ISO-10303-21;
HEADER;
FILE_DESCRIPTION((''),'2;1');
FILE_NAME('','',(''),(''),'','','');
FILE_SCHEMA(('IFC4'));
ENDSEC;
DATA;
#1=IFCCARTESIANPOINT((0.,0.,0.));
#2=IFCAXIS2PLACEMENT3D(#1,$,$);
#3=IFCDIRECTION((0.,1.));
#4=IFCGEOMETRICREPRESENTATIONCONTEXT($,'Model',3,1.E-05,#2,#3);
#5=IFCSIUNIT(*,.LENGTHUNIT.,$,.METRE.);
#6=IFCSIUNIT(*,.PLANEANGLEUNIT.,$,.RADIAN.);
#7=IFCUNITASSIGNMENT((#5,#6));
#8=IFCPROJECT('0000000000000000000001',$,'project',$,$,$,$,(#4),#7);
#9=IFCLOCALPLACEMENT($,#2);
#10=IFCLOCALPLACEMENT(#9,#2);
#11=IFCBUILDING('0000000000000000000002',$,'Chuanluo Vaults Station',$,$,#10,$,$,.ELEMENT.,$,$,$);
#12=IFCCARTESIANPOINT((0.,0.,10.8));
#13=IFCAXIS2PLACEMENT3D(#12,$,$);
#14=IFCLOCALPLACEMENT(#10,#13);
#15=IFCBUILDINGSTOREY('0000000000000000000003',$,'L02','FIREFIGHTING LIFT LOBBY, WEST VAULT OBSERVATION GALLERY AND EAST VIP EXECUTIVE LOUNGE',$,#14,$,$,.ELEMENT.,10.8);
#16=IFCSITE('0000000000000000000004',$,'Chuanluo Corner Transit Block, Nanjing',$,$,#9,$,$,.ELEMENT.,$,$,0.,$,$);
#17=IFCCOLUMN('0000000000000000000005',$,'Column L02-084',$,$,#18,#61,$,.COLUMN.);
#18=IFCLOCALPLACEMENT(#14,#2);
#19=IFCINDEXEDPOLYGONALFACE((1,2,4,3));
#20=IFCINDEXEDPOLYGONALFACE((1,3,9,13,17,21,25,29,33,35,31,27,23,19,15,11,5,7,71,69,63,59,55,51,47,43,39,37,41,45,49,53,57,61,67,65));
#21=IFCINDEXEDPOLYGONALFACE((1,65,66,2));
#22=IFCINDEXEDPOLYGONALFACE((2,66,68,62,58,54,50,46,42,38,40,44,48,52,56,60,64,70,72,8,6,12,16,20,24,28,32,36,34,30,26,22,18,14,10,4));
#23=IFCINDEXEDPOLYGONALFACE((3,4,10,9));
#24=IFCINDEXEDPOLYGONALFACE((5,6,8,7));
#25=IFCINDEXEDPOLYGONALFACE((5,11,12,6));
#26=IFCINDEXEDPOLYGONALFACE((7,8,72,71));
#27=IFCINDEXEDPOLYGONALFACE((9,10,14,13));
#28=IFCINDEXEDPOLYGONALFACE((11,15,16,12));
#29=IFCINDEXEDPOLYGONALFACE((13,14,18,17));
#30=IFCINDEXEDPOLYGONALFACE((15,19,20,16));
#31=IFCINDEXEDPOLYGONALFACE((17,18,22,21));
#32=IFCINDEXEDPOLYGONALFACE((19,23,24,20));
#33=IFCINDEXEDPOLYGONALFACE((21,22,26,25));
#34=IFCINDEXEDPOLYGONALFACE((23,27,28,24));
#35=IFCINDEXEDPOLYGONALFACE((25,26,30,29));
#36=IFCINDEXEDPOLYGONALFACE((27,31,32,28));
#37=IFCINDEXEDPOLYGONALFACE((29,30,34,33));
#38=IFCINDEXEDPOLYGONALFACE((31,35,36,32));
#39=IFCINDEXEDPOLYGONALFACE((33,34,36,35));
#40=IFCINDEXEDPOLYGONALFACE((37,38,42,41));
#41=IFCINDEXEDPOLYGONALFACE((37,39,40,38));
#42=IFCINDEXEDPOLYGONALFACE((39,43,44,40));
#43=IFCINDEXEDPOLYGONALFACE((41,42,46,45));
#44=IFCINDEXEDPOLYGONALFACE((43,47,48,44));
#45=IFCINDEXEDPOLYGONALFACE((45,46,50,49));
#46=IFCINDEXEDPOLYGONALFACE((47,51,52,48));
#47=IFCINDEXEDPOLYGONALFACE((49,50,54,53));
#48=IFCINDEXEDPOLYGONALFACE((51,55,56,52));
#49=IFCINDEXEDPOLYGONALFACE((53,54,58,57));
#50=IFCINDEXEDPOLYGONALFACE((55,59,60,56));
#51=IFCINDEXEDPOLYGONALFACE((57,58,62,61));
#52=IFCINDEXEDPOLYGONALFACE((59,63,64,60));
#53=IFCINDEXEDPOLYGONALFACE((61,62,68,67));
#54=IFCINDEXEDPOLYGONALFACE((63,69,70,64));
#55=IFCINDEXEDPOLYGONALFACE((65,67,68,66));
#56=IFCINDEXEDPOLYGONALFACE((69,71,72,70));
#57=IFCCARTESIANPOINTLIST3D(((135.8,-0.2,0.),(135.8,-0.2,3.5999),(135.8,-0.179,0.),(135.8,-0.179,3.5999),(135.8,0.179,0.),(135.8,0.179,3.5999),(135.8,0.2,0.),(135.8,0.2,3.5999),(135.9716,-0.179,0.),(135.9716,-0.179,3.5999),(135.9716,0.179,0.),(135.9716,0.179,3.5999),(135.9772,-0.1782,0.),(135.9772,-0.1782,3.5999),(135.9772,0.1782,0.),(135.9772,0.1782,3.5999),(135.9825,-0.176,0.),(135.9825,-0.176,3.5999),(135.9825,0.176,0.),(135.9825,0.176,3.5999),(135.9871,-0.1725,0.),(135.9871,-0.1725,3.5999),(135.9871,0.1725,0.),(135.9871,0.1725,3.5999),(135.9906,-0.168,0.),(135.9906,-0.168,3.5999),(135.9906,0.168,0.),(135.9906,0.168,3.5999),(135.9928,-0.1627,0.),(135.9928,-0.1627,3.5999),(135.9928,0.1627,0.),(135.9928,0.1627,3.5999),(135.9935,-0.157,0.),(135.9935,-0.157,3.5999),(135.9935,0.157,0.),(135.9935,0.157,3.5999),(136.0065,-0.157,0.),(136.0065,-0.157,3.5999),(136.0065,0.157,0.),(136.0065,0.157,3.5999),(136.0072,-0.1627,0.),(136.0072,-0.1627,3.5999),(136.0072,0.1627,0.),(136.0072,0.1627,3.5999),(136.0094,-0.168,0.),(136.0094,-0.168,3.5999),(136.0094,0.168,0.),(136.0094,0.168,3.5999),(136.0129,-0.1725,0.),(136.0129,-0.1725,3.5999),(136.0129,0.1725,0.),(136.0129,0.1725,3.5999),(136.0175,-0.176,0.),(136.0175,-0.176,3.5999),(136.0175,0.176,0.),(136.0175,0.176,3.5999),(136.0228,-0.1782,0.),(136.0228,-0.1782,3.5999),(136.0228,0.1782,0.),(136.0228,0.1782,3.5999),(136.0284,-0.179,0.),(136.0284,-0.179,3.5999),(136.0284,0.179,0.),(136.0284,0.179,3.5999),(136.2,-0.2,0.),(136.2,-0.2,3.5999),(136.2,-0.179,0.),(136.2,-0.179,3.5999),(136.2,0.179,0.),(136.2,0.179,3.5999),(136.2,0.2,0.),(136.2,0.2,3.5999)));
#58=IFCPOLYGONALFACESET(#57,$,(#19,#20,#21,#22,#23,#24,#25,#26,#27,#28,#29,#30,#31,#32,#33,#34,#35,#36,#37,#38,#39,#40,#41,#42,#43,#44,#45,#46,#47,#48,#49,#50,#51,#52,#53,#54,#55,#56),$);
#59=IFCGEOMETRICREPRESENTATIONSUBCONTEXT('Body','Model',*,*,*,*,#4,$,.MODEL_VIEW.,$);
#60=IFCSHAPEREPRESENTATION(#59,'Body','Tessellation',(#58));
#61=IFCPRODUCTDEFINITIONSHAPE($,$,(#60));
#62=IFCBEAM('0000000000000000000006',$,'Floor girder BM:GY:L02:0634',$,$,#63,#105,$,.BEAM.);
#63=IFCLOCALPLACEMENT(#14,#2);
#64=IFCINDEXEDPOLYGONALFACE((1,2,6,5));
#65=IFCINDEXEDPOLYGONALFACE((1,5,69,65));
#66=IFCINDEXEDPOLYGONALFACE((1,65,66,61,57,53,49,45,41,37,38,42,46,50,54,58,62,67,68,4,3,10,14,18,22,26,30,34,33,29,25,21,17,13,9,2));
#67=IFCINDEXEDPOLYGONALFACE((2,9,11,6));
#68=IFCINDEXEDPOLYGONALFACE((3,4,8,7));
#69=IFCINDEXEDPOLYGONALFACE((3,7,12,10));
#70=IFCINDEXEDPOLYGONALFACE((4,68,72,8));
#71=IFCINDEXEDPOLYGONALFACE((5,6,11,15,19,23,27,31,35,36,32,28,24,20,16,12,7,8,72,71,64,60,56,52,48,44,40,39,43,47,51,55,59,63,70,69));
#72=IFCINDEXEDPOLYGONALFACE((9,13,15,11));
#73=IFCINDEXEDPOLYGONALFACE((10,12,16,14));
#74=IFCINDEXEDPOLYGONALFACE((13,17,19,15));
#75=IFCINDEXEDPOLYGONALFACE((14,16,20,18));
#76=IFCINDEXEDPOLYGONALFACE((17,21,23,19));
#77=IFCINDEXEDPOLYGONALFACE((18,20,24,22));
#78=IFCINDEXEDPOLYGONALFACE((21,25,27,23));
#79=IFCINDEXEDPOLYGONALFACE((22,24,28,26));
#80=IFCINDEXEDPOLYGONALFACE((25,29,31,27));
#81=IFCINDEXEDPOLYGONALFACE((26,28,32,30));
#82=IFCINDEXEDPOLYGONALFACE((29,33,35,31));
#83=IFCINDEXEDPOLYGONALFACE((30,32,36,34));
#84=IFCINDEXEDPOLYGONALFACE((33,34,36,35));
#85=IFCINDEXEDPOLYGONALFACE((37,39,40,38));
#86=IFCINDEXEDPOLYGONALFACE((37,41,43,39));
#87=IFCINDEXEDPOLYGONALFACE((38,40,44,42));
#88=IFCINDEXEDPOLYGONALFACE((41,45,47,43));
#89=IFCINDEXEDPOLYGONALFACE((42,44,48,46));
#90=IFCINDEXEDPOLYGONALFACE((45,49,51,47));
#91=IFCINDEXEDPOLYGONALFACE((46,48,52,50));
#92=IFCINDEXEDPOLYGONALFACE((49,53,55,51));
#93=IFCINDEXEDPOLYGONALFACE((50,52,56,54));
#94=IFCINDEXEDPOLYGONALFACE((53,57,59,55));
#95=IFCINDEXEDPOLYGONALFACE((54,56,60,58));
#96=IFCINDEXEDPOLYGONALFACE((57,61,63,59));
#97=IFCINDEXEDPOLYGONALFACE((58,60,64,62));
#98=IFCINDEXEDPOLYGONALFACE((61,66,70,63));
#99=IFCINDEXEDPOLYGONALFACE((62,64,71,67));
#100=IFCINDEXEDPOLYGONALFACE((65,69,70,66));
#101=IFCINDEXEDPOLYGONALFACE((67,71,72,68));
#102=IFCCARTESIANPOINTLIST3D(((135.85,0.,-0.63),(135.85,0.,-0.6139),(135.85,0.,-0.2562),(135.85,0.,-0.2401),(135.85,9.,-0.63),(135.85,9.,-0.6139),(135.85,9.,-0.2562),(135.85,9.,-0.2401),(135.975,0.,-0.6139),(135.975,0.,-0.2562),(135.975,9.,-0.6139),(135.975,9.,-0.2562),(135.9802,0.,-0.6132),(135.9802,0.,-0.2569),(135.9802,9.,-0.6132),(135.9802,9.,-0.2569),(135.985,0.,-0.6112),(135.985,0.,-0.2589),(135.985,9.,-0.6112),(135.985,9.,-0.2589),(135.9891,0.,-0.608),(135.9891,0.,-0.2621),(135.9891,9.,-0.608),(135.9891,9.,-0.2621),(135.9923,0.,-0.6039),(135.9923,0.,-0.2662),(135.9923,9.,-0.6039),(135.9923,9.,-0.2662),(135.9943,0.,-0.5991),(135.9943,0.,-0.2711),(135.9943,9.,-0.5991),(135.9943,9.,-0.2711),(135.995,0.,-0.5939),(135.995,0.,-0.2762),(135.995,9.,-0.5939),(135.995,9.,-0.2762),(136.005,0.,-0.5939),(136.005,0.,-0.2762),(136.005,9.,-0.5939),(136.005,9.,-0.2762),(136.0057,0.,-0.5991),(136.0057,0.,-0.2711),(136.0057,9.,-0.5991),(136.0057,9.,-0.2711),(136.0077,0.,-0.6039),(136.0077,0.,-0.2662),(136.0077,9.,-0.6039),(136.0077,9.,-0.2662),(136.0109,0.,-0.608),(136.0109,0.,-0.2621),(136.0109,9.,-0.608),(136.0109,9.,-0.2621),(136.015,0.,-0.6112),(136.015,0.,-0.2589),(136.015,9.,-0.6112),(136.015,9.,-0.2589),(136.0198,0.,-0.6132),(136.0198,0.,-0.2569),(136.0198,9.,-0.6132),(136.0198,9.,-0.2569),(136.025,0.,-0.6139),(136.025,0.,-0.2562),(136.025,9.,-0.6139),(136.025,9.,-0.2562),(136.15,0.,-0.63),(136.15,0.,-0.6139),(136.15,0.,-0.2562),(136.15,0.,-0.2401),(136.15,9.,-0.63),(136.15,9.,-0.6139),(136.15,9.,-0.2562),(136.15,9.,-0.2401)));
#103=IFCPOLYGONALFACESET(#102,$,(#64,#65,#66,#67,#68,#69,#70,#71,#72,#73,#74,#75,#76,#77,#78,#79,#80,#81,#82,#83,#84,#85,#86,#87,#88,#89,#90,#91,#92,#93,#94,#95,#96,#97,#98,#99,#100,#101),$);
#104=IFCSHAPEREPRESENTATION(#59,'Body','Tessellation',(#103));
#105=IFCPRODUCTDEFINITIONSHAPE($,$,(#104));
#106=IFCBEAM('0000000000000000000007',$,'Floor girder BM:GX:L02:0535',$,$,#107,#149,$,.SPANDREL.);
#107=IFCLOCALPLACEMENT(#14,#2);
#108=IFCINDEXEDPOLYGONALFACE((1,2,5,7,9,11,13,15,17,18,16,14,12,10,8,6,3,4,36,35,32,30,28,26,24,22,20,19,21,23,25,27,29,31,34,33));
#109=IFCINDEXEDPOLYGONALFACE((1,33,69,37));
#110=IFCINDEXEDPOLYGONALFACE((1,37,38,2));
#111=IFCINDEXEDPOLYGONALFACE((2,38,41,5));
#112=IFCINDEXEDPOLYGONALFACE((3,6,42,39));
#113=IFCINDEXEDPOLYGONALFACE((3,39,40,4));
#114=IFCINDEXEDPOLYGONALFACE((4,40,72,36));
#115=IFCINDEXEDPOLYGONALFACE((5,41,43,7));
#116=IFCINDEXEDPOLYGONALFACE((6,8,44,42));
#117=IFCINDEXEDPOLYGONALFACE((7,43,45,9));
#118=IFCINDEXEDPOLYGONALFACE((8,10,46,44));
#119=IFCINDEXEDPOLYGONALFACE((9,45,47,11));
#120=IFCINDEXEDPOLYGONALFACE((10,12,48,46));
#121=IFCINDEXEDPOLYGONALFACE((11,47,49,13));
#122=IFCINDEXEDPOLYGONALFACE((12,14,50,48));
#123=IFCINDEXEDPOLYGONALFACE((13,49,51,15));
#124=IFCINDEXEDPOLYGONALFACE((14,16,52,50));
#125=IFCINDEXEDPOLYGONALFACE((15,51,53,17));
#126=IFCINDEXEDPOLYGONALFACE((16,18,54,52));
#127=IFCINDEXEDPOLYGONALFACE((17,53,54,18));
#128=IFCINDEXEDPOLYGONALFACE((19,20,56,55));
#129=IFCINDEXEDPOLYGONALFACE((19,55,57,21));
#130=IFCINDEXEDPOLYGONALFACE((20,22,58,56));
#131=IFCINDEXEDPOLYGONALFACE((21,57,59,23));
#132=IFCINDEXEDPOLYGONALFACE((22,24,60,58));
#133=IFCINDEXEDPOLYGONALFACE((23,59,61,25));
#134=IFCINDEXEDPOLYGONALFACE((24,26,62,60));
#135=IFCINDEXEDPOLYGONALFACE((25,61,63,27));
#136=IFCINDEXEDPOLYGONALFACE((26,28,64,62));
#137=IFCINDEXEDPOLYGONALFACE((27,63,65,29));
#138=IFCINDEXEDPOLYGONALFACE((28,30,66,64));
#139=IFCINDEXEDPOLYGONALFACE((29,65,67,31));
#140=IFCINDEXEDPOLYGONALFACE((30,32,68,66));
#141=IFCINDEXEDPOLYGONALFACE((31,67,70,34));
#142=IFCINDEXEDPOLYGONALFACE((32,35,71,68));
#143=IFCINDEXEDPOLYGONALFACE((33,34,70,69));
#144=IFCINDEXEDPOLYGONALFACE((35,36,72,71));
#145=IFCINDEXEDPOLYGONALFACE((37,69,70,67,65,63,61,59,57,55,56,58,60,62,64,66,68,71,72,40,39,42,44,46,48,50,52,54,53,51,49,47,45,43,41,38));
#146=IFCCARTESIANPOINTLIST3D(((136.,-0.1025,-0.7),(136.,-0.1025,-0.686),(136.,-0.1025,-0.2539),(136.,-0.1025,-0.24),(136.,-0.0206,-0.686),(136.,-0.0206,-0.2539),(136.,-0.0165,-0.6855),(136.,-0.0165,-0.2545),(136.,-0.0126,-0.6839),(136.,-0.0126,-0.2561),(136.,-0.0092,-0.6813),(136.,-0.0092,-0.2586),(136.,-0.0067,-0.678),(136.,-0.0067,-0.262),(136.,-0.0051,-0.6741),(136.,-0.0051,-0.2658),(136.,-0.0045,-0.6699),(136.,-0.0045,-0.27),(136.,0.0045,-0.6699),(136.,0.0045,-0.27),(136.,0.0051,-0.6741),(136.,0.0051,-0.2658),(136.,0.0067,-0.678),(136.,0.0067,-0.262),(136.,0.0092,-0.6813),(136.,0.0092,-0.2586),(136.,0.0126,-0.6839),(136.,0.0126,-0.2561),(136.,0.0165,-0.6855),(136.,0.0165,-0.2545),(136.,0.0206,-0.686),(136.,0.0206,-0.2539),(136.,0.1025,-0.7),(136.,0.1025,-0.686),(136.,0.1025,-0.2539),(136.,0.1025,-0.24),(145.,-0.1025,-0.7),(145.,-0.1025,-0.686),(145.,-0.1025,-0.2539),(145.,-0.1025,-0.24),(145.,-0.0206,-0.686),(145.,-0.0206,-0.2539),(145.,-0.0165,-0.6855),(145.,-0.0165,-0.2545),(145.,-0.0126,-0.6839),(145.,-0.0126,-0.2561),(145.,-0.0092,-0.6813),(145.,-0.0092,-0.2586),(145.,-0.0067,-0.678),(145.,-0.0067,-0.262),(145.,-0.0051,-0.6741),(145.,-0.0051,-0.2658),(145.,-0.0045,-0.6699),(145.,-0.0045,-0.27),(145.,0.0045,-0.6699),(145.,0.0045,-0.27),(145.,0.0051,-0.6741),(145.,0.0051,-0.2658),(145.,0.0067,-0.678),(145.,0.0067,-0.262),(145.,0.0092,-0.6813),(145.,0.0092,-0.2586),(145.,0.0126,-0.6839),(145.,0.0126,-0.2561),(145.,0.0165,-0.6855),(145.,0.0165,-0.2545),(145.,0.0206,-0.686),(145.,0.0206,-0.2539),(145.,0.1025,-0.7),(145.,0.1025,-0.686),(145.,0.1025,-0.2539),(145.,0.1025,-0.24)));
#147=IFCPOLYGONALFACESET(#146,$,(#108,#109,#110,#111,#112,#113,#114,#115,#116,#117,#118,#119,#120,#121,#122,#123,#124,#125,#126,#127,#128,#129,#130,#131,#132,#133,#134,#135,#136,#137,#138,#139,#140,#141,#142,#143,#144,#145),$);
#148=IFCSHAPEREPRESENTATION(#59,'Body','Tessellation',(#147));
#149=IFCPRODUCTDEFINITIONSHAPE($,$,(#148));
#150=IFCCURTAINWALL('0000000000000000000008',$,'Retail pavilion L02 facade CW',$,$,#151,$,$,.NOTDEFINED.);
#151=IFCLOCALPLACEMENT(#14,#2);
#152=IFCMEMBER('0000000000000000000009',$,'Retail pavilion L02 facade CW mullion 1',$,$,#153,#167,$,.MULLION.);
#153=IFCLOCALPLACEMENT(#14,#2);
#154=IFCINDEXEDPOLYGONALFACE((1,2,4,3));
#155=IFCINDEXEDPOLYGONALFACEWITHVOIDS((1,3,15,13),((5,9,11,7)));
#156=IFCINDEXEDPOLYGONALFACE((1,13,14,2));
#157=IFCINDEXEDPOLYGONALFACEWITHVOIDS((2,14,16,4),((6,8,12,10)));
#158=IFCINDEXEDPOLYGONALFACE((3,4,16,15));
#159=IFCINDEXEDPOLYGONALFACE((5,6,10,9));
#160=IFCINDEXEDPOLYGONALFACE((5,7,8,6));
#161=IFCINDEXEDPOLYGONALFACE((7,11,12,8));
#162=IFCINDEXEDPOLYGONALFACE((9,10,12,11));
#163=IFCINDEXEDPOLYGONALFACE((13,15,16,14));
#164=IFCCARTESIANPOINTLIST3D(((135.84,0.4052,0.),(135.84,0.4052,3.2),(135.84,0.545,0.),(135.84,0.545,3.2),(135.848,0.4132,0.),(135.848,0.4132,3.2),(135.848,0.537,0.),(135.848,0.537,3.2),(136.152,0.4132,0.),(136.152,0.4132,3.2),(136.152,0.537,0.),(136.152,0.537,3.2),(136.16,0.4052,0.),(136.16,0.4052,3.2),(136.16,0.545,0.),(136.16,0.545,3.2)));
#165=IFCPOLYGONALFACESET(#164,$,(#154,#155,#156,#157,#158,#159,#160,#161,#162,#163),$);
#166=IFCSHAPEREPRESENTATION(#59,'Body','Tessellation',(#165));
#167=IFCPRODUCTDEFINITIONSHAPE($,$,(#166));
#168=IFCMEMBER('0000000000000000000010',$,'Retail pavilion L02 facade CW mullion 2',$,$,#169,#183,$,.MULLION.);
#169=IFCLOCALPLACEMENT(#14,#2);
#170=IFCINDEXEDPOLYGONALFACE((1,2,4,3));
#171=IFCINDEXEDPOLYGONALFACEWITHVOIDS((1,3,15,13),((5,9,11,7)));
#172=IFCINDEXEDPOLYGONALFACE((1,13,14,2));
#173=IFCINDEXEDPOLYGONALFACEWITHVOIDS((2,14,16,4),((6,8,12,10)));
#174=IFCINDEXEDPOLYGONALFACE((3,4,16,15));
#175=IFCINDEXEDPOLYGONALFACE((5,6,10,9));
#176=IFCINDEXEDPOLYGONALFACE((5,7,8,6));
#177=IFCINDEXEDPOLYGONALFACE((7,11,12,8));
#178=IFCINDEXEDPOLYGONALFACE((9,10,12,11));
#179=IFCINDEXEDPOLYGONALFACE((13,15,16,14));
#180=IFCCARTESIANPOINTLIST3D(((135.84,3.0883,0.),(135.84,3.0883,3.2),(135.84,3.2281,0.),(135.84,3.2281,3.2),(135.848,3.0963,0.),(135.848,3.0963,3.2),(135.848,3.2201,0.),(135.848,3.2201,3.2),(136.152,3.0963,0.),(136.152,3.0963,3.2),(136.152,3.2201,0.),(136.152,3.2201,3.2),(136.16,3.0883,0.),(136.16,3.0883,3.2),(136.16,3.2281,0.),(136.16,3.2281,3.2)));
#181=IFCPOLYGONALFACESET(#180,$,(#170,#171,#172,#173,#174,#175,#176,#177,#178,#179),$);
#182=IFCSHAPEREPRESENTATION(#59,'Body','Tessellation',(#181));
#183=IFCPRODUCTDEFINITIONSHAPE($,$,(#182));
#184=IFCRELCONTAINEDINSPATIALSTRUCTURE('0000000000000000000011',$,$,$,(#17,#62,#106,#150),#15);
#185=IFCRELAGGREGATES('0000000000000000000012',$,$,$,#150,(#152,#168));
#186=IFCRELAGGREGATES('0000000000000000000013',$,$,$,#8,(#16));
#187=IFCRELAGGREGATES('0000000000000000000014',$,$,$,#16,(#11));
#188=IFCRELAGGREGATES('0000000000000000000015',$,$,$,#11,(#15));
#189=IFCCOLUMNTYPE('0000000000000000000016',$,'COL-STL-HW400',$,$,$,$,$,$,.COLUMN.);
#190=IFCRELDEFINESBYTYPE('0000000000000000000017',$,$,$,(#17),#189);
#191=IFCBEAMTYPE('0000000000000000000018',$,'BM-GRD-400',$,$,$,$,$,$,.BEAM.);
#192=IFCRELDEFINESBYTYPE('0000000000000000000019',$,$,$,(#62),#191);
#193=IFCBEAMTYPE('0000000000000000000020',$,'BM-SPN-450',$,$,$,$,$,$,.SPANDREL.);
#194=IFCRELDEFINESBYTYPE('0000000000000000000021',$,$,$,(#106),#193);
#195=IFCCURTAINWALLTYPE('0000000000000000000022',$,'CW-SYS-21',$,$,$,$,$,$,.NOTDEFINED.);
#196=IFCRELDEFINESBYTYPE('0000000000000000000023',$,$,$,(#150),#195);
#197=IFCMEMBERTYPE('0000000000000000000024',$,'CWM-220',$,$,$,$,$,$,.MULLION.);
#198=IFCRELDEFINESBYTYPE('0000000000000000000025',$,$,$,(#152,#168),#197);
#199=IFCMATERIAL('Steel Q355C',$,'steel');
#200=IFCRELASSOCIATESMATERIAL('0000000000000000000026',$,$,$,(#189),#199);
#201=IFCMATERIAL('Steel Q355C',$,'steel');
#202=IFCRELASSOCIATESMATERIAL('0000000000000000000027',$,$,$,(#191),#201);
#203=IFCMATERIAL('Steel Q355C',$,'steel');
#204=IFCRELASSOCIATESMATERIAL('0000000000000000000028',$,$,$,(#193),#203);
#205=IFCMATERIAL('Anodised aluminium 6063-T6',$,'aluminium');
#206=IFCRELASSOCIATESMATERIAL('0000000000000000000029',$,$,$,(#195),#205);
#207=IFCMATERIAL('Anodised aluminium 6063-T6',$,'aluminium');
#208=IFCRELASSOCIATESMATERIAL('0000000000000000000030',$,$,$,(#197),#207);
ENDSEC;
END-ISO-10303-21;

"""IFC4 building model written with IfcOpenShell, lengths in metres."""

from ifc_helpers import new_model, si_unit, direction, frame, origin, origin_2d, place, context, subcontext, project, spatial, hollow_rectangle, i_section, extrude, material, material_profile, profile_set, type_object, element, aggregate, save


model = new_model("IFC4")

# Units and contexts
model_context = context("Model", 3, precision=1e-05, world=origin(), true_north=direction((0.0, 1.0)))
body_context = subcontext(model_context, "Body", "Model", "MODEL_VIEW")
ifc_project = project(units=[si_unit("LENGTHUNIT", "METRE"), si_unit("PLANEANGLEUNIT", "RADIAN")], contexts=[model_context])

# Site, building, storey
site_placement = place(None, origin())
site = spatial("IfcSite", under=ifc_project, at=site_placement, Name="Chuanluo Corner Transit Block, Nanjing", CompositionType="ELEMENT", RefElevation=0.0)
building_placement = place(site_placement, origin())
building = spatial("IfcBuilding", under=site, at=building_placement, Name="Chuanluo Vaults Station", CompositionType="ELEMENT")
storey_placement = place(building_placement, frame((0.0, 0.0, 10.8)))
storey = spatial("IfcBuildingStorey", under=building, at=storey_placement, Name="L02", Description="FIREFIGHTING LIFT LOBBY, WEST VAULT OBSERVATION GALLERY AND EAST VIP EXECUTIVE LOUNGE", CompositionType="ELEMENT", Elevation=10.8)

# Column
ifc_material_1 = material(Name="Steel Q355C", Category="steel")
ifc_material_profile_1 = material_profile(ifc_material_1, i_section(OverallWidth=0.3999, OverallDepth=0.3999, WebThickness=0.0129, FlangeThickness=0.021, FilletRadius=0.022, at=origin_2d()))
ifc_profile_set_1 = profile_set([ifc_material_profile_1], Name="Steel Q355C")
column_type = type_object("IfcColumnType", Name="COL-STL-HW400", PredefinedType="COLUMN", material=ifc_profile_set_1)
column_placement = place(storey_placement, frame((136.0, 0.0, 0.0), z_axis=(0.0, 0.0, 1.0), x_axis=(1.0, 0.0, 0.0)))
element("IfcColumn", 1, at=column_placement, inside=storey, type_object=column_type, Name="Column L02-084", PredefinedType="COLUMN", context=body_context, shape_type="SweptSolid", body=[
    extrude(i_section(OverallWidth=0.3999, OverallDepth=0.3999, WebThickness=0.0129, FlangeThickness=0.021, FilletRadius=0.022, at=origin_2d()), origin(), (0.0, 0.0, 1.0), 3.5999),
])

# Beams
ifc_material_2 = material(Name="Steel Q355C", Category="steel")
ifc_material_profile_2 = material_profile(ifc_material_2, i_section(OverallWidth=0.3, OverallDepth=0.3899, WebThickness=0.01, FlangeThickness=0.0161, FilletRadius=0.02, at=origin_2d()))
ifc_profile_set_2 = profile_set([ifc_material_profile_2], Name="Steel Q355C")
beam_type_1 = type_object("IfcBeamType", Name="BM-GRD-400", PredefinedType="BEAM", material=ifc_profile_set_2)
beam_1_placement = place(storey_placement, frame((136.0, 0.0, -0.4351), z_axis=(0.0, 1.0, 0.0), x_axis=(-1.0, 0.0, 0.0)))
element("IfcBeam", 2, at=beam_1_placement, inside=storey, type_object=beam_type_1, Name="Floor girder BM:GY:L02:0634", PredefinedType="BEAM", context=body_context, shape_type="SweptSolid", body=[
    extrude(i_section(OverallWidth=0.3, OverallDepth=0.3899, WebThickness=0.01, FlangeThickness=0.0161, FilletRadius=0.02, at=origin_2d()), origin(), (0.0, 0.0, 1.0), 9.0),
])
ifc_material_3 = material(Name="Steel Q355C", Category="steel")
ifc_material_profile_3 = material_profile(ifc_material_3, i_section(OverallWidth=0.2051, OverallDepth=0.46, WebThickness=0.009, FlangeThickness=0.0139, FilletRadius=0.0161, at=origin_2d()))
ifc_profile_set_3 = profile_set([ifc_material_profile_3], Name="Steel Q355C")
beam_type_2 = type_object("IfcBeamType", Name="BM-SPN-450", PredefinedType="SPANDREL", material=ifc_profile_set_3)
beam_2_placement = place(storey_placement, frame((136.0, 0.0, -0.47), z_axis=(1.0, 0.0, 0.0), x_axis=(0.0, 1.0, 0.0)))
element("IfcBeam", 3, at=beam_2_placement, inside=storey, type_object=beam_type_2, Name="Floor girder BM:GX:L02:0535", PredefinedType="SPANDREL", context=body_context, shape_type="SweptSolid", body=[
    extrude(i_section(OverallWidth=0.2051, OverallDepth=0.46, WebThickness=0.009, FlangeThickness=0.0139, FilletRadius=0.0161, at=origin_2d()), origin(), (0.0, 0.0, 1.0), 9.0),
])

# Curtain wall, members
ifc_material_4 = material(Name="Anodised aluminium 6063-T6", Category="aluminium")
curtain_wall_type = type_object("IfcCurtainWallType", Name="CW-SYS-21", PredefinedType="NOTDEFINED", material=ifc_material_4)
curtain_wall_placement = place(storey_placement, origin())
curtain_wall = element("IfcCurtainWall", 4, at=curtain_wall_placement, inside=storey, type_object=curtain_wall_type, Name="Retail pavilion L02 facade CW", PredefinedType="NOTDEFINED")
ifc_material_5 = material(Name="Anodised aluminium 6063-T6", Category="aluminium")
ifc_material_profile_4 = material_profile(ifc_material_5, hollow_rectangle(XDim=0.1399, YDim=0.3201, WallThickness=0.0081, at=origin_2d()))
ifc_profile_set_4 = profile_set([ifc_material_profile_4], Name="Anodised aluminium 6063-T6")
member_type_1 = type_object("IfcMemberType", Name="CWM-220", PredefinedType="MULLION", material=ifc_profile_set_4)
member_1_placement = place(storey_placement, frame((136.0, 0.4751, 0.0), z_axis=(0.0, 0.0, 1.0), x_axis=(0.0, 1.0, 0.0)))
member_1 = element("IfcMember", 5, at=member_1_placement, type_object=member_type_1, Name="Retail pavilion L02 facade CW mullion 1", PredefinedType="MULLION", context=body_context, shape_type="SweptSolid", body=[
    extrude(hollow_rectangle(XDim=0.1399, YDim=0.3201, WallThickness=0.0081, at=origin_2d()), origin(), (0.0, 0.0, 1.0), 3.2),
])
member_2_placement = place(storey_placement, frame((136.0, 3.1582, 0.0), z_axis=(0.0, 0.0, 1.0), x_axis=(0.0, 1.0, 0.0)))
member_2 = element("IfcMember", 6, at=member_2_placement, type_object=member_type_1, Name="Retail pavilion L02 facade CW mullion 2", PredefinedType="MULLION", context=body_context, shape_type="SweptSolid", body=[
    extrude(hollow_rectangle(XDim=0.1399, YDim=0.3201, WallThickness=0.0081, at=origin_2d()), origin(), (0.0, 0.0, 1.0), 3.2),
])
aggregate(curtain_wall, [member_1, member_2])

save(model, "model.ifc")
